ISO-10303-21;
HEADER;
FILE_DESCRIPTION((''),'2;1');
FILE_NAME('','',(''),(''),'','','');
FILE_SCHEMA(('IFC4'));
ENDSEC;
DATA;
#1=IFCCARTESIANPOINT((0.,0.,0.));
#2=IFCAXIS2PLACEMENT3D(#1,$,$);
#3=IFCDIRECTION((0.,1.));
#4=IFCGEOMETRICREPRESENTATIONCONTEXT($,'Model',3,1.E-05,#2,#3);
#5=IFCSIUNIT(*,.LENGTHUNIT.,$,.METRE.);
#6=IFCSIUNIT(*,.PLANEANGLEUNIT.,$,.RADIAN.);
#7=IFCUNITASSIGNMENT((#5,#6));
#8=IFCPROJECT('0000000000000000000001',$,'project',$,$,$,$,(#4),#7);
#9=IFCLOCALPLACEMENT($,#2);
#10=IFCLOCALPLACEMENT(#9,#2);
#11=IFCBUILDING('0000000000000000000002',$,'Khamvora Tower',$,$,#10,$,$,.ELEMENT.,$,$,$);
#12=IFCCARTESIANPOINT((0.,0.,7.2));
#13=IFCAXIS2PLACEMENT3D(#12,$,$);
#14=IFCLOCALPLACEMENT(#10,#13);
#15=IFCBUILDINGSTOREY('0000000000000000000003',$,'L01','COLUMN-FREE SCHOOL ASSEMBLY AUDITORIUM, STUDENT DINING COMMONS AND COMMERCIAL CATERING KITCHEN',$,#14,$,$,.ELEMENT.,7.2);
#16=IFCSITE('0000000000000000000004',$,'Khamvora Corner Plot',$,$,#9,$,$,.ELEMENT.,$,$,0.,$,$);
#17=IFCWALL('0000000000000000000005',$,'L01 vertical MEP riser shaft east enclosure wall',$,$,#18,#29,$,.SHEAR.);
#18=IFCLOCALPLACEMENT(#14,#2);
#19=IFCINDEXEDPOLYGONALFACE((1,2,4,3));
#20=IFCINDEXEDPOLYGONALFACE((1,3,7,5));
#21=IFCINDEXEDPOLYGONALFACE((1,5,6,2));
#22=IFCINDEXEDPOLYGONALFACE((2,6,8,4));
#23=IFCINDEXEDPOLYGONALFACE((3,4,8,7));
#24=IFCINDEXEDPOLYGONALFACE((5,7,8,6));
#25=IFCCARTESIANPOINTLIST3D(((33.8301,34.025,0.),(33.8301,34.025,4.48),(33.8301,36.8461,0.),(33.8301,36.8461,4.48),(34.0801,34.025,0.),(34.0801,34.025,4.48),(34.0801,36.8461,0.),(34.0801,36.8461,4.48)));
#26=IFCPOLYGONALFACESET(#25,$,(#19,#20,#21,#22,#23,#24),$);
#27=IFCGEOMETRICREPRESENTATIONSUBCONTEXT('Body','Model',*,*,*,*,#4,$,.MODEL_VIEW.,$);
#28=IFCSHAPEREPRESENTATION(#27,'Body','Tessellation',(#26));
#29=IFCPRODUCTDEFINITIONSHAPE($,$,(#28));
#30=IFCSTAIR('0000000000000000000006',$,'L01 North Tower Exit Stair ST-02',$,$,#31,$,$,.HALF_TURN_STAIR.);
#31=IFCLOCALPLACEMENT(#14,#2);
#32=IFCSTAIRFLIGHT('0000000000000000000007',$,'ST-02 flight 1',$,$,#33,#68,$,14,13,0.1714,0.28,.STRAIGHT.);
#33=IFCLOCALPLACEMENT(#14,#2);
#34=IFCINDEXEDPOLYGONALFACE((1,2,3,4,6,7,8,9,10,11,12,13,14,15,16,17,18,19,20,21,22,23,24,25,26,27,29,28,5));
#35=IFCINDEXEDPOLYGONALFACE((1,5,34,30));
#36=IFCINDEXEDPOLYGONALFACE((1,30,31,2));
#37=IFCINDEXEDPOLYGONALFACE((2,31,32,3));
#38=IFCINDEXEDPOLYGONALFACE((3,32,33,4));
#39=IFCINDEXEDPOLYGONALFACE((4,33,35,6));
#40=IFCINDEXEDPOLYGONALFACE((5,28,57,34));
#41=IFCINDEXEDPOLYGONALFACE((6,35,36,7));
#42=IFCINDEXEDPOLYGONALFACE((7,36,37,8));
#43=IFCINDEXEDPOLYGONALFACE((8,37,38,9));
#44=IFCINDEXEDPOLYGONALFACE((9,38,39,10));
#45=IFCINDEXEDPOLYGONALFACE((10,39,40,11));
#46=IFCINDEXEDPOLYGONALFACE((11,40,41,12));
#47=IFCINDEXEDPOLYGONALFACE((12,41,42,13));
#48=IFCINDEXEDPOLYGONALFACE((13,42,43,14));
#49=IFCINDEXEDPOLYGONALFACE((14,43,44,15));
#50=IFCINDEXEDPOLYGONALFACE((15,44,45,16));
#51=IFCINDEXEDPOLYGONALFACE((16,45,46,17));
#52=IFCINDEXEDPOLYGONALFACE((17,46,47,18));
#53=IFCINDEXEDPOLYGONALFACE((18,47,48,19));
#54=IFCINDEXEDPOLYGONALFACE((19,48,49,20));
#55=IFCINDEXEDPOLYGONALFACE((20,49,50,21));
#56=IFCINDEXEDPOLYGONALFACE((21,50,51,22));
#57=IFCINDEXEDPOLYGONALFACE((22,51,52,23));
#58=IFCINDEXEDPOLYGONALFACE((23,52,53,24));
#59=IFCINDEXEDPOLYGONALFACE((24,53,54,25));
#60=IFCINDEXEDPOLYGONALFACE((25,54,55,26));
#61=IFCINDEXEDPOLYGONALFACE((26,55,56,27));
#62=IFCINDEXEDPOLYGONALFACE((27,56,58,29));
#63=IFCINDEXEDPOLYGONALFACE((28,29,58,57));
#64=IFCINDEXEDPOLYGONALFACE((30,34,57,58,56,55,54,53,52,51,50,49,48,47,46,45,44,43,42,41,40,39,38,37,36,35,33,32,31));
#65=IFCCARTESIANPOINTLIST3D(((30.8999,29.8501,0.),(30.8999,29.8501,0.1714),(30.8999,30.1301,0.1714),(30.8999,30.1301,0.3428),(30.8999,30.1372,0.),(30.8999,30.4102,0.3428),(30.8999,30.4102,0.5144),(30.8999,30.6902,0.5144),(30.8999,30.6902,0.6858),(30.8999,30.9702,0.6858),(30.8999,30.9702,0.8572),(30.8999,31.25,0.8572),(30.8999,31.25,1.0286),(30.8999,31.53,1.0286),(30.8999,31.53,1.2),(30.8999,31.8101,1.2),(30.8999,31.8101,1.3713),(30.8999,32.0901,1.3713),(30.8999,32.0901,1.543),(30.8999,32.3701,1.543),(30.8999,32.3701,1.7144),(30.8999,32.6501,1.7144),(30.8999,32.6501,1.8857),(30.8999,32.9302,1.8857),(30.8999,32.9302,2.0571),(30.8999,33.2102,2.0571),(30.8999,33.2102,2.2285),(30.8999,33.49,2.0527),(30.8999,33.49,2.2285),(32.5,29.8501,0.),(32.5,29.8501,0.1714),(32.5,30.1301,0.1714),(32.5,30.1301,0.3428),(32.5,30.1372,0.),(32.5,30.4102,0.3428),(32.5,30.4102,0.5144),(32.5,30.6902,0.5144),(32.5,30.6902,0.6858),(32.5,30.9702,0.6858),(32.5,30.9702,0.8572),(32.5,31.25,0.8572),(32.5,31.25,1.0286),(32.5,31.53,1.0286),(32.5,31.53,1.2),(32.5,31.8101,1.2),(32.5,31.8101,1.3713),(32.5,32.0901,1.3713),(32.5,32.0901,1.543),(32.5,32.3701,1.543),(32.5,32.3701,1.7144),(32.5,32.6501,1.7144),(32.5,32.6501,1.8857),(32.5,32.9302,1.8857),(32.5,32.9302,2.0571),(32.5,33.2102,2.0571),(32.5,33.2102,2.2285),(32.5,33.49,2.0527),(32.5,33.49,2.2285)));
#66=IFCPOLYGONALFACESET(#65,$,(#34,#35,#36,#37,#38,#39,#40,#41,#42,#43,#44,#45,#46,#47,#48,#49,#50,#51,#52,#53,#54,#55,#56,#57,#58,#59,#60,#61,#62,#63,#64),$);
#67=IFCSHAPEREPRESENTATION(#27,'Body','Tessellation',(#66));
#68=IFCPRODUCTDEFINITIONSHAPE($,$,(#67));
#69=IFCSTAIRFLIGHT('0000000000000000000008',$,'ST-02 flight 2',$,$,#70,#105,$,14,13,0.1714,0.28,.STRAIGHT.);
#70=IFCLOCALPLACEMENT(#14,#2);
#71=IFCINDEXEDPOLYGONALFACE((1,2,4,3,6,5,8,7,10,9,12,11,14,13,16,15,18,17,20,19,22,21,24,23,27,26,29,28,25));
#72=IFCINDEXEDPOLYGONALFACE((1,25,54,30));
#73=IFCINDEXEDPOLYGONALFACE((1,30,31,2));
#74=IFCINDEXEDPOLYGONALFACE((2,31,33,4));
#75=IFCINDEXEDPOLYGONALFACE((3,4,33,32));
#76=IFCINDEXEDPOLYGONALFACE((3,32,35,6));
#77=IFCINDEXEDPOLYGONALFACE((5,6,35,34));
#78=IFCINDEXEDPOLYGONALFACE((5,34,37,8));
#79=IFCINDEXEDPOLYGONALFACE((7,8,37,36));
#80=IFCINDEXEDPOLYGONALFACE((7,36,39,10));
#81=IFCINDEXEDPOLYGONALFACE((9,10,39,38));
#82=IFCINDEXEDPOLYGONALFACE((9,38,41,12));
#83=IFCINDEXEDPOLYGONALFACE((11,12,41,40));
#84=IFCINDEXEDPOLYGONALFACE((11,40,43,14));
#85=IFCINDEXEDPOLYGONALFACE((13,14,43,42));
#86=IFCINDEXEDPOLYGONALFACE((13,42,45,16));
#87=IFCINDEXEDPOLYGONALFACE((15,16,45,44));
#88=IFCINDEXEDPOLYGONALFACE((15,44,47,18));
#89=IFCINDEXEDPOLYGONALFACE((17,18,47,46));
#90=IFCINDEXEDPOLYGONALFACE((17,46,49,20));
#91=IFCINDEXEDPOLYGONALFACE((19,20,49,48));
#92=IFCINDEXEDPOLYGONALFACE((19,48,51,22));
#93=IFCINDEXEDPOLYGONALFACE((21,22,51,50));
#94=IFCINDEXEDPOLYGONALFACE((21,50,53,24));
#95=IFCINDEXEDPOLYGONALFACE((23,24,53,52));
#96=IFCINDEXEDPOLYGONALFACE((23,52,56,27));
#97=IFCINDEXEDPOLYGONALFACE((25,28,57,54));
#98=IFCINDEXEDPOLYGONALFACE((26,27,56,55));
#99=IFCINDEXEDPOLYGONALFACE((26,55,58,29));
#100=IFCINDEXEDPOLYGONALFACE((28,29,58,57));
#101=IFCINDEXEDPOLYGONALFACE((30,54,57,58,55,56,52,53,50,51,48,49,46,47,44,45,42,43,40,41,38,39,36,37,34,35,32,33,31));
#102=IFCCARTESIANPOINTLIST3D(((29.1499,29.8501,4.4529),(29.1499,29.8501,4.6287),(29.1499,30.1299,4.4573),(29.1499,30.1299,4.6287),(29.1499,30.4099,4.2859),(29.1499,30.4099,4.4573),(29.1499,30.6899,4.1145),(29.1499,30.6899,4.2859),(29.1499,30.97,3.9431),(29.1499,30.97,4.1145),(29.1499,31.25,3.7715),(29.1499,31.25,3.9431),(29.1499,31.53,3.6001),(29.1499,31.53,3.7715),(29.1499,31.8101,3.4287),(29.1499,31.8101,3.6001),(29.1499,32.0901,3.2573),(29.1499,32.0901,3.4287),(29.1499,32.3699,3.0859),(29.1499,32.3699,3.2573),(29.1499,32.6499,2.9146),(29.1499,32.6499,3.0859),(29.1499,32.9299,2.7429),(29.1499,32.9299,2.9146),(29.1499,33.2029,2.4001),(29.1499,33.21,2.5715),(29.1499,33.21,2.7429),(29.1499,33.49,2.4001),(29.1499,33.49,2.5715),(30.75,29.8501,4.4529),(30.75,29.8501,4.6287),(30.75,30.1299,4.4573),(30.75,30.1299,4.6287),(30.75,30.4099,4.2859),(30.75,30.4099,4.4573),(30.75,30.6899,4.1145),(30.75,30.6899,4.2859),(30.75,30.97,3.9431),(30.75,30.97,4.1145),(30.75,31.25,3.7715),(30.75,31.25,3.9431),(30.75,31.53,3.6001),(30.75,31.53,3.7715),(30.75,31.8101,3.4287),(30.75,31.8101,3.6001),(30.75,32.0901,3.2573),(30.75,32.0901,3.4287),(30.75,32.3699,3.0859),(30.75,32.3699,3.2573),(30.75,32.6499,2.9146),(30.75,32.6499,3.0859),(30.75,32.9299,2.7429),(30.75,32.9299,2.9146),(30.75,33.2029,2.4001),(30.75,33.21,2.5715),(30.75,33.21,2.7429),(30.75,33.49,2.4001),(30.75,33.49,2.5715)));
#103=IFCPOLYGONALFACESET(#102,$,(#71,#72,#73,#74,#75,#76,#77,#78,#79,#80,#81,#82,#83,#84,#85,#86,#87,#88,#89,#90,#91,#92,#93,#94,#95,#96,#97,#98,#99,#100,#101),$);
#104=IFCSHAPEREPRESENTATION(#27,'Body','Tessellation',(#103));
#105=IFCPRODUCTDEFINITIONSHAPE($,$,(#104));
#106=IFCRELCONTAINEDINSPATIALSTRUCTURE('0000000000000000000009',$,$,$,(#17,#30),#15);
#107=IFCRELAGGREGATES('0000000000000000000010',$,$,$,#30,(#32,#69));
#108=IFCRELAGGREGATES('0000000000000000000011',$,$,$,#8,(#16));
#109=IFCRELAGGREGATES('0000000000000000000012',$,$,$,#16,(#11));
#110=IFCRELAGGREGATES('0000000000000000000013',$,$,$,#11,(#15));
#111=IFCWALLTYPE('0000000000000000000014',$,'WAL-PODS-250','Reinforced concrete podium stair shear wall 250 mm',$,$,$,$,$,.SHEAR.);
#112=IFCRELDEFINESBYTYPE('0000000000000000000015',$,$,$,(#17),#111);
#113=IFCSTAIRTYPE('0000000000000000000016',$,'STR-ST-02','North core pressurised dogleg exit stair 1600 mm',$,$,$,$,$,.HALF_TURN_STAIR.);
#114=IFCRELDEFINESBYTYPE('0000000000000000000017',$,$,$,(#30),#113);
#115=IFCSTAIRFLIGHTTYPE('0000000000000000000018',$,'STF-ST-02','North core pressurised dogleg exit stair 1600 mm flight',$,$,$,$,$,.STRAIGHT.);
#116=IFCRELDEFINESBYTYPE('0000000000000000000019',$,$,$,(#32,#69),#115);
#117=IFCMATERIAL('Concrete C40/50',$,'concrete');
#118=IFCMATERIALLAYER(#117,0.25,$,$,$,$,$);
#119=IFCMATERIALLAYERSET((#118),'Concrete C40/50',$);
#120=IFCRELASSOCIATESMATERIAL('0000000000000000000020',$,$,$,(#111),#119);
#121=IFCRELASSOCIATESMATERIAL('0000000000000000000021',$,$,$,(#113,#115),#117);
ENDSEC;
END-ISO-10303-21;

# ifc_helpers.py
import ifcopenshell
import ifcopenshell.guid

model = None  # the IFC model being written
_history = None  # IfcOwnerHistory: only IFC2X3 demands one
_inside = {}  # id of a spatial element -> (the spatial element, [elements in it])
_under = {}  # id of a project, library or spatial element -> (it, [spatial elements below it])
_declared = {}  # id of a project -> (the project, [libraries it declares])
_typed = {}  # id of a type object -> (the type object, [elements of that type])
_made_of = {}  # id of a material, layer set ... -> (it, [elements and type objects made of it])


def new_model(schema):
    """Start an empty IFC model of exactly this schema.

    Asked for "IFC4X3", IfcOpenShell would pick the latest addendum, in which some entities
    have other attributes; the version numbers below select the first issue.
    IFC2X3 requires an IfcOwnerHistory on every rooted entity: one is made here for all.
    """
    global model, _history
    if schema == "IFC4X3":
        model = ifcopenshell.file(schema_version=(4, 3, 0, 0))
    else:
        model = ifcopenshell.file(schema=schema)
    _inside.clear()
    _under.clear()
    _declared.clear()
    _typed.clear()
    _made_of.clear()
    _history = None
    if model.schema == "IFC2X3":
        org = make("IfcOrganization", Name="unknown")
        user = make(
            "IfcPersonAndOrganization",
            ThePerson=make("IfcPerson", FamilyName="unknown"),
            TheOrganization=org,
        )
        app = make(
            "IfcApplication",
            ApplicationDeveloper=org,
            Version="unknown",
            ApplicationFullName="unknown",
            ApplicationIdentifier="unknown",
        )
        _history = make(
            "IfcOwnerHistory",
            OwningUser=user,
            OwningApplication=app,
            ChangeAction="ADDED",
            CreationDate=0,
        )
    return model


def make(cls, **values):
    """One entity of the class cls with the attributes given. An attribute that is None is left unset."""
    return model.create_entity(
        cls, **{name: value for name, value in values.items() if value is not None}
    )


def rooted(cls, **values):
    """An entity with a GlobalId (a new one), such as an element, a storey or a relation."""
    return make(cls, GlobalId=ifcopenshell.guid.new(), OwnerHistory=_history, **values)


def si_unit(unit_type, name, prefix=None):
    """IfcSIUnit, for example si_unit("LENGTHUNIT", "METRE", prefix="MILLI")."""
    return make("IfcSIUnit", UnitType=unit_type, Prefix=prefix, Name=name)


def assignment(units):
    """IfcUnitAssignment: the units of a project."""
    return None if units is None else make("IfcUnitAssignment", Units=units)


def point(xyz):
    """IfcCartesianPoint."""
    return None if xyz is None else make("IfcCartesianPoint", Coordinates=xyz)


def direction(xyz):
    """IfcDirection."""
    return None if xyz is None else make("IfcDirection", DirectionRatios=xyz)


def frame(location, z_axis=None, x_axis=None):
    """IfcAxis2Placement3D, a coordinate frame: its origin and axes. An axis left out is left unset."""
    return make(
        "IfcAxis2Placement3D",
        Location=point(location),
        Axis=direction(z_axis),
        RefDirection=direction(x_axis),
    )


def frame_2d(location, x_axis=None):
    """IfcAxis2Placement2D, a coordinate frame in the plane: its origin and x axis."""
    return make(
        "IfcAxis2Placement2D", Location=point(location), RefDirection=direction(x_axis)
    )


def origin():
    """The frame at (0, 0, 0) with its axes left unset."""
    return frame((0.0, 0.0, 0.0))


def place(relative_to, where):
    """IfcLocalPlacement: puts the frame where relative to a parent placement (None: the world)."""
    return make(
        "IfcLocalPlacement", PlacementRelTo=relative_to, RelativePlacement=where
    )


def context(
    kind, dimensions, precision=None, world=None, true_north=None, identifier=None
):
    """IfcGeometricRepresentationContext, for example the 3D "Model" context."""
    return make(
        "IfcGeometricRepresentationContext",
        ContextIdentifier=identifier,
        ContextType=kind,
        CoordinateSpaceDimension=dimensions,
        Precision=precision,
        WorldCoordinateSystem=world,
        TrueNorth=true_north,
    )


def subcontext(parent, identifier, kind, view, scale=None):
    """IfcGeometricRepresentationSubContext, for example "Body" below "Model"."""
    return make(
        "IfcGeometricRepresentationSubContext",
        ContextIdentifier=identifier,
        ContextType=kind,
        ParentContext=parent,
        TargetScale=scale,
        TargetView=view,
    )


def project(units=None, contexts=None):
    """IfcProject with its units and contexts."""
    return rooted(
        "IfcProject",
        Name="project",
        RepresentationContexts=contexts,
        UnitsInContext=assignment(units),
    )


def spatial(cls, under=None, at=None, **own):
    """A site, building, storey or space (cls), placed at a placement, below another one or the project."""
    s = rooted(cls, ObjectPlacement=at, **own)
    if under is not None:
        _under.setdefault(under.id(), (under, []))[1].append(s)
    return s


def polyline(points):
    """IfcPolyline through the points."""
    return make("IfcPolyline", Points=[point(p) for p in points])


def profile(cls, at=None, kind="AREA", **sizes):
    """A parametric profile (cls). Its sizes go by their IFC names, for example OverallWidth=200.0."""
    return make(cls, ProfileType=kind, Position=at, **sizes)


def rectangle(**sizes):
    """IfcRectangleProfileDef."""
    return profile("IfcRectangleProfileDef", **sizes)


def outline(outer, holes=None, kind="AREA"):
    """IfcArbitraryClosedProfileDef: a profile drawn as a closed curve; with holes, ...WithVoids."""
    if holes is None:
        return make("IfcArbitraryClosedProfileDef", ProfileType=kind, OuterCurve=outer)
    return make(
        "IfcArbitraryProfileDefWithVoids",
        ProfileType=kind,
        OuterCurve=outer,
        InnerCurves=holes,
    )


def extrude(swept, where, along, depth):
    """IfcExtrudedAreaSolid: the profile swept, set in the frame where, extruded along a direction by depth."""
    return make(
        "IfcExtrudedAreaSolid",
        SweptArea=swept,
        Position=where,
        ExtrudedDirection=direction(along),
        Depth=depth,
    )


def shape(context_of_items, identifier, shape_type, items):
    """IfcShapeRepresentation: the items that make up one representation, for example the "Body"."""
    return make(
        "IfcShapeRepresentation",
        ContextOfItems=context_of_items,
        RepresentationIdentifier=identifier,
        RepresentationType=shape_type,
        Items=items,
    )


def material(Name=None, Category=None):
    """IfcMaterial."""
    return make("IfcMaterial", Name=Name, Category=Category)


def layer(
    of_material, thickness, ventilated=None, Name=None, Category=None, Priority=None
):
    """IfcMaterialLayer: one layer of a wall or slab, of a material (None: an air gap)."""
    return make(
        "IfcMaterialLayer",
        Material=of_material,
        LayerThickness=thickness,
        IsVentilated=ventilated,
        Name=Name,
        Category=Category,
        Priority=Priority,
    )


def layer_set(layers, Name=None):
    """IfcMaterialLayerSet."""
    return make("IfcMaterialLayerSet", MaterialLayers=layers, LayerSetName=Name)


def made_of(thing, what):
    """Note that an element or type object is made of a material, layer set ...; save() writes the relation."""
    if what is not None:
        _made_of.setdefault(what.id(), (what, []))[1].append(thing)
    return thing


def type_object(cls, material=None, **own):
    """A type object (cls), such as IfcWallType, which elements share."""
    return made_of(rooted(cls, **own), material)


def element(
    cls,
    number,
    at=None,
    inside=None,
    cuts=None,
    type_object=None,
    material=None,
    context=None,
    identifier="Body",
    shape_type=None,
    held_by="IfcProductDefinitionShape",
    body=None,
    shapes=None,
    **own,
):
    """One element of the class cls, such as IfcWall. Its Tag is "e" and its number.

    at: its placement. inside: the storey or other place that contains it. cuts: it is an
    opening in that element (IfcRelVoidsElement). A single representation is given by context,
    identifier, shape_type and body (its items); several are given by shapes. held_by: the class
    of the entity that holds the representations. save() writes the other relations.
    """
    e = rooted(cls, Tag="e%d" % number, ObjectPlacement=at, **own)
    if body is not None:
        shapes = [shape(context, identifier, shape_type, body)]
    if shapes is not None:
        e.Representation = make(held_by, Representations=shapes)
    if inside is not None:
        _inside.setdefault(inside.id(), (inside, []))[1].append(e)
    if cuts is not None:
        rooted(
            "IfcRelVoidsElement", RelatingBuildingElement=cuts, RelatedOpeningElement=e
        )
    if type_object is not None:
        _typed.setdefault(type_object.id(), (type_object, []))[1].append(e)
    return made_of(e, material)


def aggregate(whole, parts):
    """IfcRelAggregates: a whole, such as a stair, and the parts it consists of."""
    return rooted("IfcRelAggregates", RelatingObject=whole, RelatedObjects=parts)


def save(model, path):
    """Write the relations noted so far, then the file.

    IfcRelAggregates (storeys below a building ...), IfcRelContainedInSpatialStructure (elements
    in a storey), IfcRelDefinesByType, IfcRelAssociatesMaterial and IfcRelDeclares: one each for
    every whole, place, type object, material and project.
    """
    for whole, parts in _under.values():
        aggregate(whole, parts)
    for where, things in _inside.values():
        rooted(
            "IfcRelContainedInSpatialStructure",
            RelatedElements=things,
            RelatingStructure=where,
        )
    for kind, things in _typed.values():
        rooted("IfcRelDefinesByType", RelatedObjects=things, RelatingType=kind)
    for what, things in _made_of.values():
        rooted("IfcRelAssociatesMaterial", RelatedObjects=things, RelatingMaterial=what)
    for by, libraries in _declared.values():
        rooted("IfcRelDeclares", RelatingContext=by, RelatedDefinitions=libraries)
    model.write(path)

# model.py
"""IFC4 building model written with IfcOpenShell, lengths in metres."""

from ifc_helpers import new_model, si_unit, direction, frame, frame_2d, origin, place, context, subcontext, project, spatial, polyline, rectangle, outline, extrude, material, layer, layer_set, type_object, element, aggregate, save


model = new_model("IFC4")

# Units and contexts
model_context = context("Model", 3, precision=1e-05, world=origin(), true_north=direction((0.0, 1.0)))
body_context = subcontext(model_context, "Body", "Model", "MODEL_VIEW")
ifc_project = project(units=[si_unit("LENGTHUNIT", "METRE"), si_unit("PLANEANGLEUNIT", "RADIAN")], contexts=[model_context])

# Site, building, storey
site_placement = place(None, origin())
site = spatial("IfcSite", under=ifc_project, at=site_placement, Name="Khamvora Corner Plot", CompositionType="ELEMENT", RefElevation=0.0)
building_placement = place(site_placement, origin())
building = spatial("IfcBuilding", under=site, at=building_placement, Name="Khamvora Tower", CompositionType="ELEMENT")
storey_placement = place(building_placement, frame((0.0, 0.0, 7.2)))
storey = spatial("IfcBuildingStorey", under=building, at=storey_placement, Name="L01", Description="COLUMN-FREE SCHOOL ASSEMBLY AUDITORIUM, STUDENT DINING COMMONS AND COMMERCIAL CATERING KITCHEN", CompositionType="ELEMENT", Elevation=7.2)

# Wall
ifc_material_1 = material(Name="Concrete C40/50", Category="concrete")
ifc_layer_1 = layer(ifc_material_1, 0.25)
ifc_layer_set_1 = layer_set([ifc_layer_1], Name="Concrete C40/50")
wall_type_1 = type_object("IfcWallType", Name="WAL-PODS-250", Description="Reinforced concrete podium stair shear wall 250 mm", PredefinedType="SHEAR", material=ifc_layer_set_1)
wall_1_placement = place(storey_placement, frame((33.9551, 34.0249, 0.0), z_axis=(0.0, 0.0, 1.0), x_axis=(0.0, 1.0, 0.0)))
element("IfcWall", 1, at=wall_1_placement, inside=storey, type_object=wall_type_1, Name="L01 vertical MEP riser shaft east enclosure wall", PredefinedType="SHEAR", context=body_context, shape_type="SweptSolid", body=[
    extrude(rectangle(XDim=2.821, YDim=0.25, at=frame_2d((1.4106, 0.0))), origin(), (0.0, 0.0, 1.0), 4.48),
])

# Stair, stair flights
stair_type = type_object("IfcStairType", Name="STR-ST-02", Description="North core pressurised dogleg exit stair 1600 mm", PredefinedType="HALF_TURN_STAIR", material=ifc_material_1)
stair_placement = place(storey_placement, origin())
stair = element("IfcStair", 2, at=stair_placement, inside=storey, type_object=stair_type, Name="L01 North Tower Exit Stair ST-02", PredefinedType="HALF_TURN_STAIR")
stair_flight_type = type_object("IfcStairFlightType", Name="STF-ST-02", Description="North core pressurised dogleg exit stair 1600 mm flight", PredefinedType="STRAIGHT", material=ifc_material_1)
stair_flight_1_placement = place(storey_placement, frame((31.7, 29.8501, 0.0), z_axis=(0.0, 0.0, 1.0), x_axis=(0.0, 1.0, 0.0)))
stair_flight_1 = element("IfcStairFlight", 3, at=stair_flight_1_placement, type_object=stair_flight_type, Name="ST-02 flight 1", NumberOfRisers=14, NumberOfTreads=13, PredefinedType="STRAIGHT", RiserHeight=0.1714, TreadLength=0.28, context=body_context, shape_type="SweptSolid", body=[
    extrude(outline(polyline([(0.0, 0.0), (0.0, 0.1714), (0.28, 0.1714), (0.28, 0.3428), (0.5601, 0.3428), (0.5601, 0.5144), (0.8401, 0.5144), (0.8401, 0.6858), (1.1201, 0.6858), (1.1201, 0.8572), (1.3999, 0.8572), (1.3999, 1.0286), (1.6799, 1.0286), (1.6799, 1.2), (1.96, 1.2), (1.96, 1.3713), (2.24, 1.3713), (2.24, 1.543), (2.52, 1.543), (2.52, 1.7144), (2.8, 1.7144), (2.8, 1.8857), (3.0801, 1.8857), (3.0801, 2.0571), (3.3601, 2.0571), (3.3601, 2.2285), (3.6399, 2.2285), (3.6399, 2.3999), (3.6399, 2.0527), (0.2871, 0.0), (0.0, 0.0)])), frame((0.0, 0.8, 0.0), z_axis=(0.0, -1.0, 0.0), x_axis=(1.0, 0.0, 0.0)), (0.0, 0.0, 1.0), 1.6001),
])
stair_flight_2_placement = place(storey_placement, frame((29.95, 33.49, 2.4001), z_axis=(0.0, 0.0, 1.0), x_axis=(0.0, -1.0, 0.0)))
stair_flight_2 = element("IfcStairFlight", 4, at=stair_flight_2_placement, type_object=stair_flight_type, Name="ST-02 flight 2", NumberOfRisers=14, NumberOfTreads=13, PredefinedType="STRAIGHT", RiserHeight=0.1714, TreadLength=0.28, context=body_context, shape_type="SweptSolid", body=[
    extrude(outline(polyline([(0.0, 0.0), (0.0, 0.1714), (0.28, 0.1714), (0.28, 0.3428), (0.5601, 0.3428), (0.5601, 0.5144), (0.8401, 0.5144), (0.8401, 0.6858), (1.1201, 0.6858), (1.1201, 0.8572), (1.3999, 0.8572), (1.3999, 1.0286), (1.6799, 1.0286), (1.6799, 1.2), (1.96, 1.2), (1.96, 1.3713), (2.24, 1.3713), (2.24, 1.543), (2.52, 1.543), (2.52, 1.7144), (2.8, 1.7144), (2.8, 1.8857), (3.0801, 1.8857), (3.0801, 2.0571), (3.3601, 2.0571), (3.3601, 2.2285), (3.6399, 2.2285), (3.6399, 2.3999), (3.6399, 2.0527), (0.2871, 0.0), (0.0, 0.0)])), frame((0.0, 0.8, 0.0), z_axis=(0.0, -1.0, 0.0), x_axis=(1.0, 0.0, 0.0)), (0.0, 0.0, 1.0), 1.6001),
])
aggregate(stair, [stair_flight_1, stair_flight_2])

save(model, "model.ifc")
